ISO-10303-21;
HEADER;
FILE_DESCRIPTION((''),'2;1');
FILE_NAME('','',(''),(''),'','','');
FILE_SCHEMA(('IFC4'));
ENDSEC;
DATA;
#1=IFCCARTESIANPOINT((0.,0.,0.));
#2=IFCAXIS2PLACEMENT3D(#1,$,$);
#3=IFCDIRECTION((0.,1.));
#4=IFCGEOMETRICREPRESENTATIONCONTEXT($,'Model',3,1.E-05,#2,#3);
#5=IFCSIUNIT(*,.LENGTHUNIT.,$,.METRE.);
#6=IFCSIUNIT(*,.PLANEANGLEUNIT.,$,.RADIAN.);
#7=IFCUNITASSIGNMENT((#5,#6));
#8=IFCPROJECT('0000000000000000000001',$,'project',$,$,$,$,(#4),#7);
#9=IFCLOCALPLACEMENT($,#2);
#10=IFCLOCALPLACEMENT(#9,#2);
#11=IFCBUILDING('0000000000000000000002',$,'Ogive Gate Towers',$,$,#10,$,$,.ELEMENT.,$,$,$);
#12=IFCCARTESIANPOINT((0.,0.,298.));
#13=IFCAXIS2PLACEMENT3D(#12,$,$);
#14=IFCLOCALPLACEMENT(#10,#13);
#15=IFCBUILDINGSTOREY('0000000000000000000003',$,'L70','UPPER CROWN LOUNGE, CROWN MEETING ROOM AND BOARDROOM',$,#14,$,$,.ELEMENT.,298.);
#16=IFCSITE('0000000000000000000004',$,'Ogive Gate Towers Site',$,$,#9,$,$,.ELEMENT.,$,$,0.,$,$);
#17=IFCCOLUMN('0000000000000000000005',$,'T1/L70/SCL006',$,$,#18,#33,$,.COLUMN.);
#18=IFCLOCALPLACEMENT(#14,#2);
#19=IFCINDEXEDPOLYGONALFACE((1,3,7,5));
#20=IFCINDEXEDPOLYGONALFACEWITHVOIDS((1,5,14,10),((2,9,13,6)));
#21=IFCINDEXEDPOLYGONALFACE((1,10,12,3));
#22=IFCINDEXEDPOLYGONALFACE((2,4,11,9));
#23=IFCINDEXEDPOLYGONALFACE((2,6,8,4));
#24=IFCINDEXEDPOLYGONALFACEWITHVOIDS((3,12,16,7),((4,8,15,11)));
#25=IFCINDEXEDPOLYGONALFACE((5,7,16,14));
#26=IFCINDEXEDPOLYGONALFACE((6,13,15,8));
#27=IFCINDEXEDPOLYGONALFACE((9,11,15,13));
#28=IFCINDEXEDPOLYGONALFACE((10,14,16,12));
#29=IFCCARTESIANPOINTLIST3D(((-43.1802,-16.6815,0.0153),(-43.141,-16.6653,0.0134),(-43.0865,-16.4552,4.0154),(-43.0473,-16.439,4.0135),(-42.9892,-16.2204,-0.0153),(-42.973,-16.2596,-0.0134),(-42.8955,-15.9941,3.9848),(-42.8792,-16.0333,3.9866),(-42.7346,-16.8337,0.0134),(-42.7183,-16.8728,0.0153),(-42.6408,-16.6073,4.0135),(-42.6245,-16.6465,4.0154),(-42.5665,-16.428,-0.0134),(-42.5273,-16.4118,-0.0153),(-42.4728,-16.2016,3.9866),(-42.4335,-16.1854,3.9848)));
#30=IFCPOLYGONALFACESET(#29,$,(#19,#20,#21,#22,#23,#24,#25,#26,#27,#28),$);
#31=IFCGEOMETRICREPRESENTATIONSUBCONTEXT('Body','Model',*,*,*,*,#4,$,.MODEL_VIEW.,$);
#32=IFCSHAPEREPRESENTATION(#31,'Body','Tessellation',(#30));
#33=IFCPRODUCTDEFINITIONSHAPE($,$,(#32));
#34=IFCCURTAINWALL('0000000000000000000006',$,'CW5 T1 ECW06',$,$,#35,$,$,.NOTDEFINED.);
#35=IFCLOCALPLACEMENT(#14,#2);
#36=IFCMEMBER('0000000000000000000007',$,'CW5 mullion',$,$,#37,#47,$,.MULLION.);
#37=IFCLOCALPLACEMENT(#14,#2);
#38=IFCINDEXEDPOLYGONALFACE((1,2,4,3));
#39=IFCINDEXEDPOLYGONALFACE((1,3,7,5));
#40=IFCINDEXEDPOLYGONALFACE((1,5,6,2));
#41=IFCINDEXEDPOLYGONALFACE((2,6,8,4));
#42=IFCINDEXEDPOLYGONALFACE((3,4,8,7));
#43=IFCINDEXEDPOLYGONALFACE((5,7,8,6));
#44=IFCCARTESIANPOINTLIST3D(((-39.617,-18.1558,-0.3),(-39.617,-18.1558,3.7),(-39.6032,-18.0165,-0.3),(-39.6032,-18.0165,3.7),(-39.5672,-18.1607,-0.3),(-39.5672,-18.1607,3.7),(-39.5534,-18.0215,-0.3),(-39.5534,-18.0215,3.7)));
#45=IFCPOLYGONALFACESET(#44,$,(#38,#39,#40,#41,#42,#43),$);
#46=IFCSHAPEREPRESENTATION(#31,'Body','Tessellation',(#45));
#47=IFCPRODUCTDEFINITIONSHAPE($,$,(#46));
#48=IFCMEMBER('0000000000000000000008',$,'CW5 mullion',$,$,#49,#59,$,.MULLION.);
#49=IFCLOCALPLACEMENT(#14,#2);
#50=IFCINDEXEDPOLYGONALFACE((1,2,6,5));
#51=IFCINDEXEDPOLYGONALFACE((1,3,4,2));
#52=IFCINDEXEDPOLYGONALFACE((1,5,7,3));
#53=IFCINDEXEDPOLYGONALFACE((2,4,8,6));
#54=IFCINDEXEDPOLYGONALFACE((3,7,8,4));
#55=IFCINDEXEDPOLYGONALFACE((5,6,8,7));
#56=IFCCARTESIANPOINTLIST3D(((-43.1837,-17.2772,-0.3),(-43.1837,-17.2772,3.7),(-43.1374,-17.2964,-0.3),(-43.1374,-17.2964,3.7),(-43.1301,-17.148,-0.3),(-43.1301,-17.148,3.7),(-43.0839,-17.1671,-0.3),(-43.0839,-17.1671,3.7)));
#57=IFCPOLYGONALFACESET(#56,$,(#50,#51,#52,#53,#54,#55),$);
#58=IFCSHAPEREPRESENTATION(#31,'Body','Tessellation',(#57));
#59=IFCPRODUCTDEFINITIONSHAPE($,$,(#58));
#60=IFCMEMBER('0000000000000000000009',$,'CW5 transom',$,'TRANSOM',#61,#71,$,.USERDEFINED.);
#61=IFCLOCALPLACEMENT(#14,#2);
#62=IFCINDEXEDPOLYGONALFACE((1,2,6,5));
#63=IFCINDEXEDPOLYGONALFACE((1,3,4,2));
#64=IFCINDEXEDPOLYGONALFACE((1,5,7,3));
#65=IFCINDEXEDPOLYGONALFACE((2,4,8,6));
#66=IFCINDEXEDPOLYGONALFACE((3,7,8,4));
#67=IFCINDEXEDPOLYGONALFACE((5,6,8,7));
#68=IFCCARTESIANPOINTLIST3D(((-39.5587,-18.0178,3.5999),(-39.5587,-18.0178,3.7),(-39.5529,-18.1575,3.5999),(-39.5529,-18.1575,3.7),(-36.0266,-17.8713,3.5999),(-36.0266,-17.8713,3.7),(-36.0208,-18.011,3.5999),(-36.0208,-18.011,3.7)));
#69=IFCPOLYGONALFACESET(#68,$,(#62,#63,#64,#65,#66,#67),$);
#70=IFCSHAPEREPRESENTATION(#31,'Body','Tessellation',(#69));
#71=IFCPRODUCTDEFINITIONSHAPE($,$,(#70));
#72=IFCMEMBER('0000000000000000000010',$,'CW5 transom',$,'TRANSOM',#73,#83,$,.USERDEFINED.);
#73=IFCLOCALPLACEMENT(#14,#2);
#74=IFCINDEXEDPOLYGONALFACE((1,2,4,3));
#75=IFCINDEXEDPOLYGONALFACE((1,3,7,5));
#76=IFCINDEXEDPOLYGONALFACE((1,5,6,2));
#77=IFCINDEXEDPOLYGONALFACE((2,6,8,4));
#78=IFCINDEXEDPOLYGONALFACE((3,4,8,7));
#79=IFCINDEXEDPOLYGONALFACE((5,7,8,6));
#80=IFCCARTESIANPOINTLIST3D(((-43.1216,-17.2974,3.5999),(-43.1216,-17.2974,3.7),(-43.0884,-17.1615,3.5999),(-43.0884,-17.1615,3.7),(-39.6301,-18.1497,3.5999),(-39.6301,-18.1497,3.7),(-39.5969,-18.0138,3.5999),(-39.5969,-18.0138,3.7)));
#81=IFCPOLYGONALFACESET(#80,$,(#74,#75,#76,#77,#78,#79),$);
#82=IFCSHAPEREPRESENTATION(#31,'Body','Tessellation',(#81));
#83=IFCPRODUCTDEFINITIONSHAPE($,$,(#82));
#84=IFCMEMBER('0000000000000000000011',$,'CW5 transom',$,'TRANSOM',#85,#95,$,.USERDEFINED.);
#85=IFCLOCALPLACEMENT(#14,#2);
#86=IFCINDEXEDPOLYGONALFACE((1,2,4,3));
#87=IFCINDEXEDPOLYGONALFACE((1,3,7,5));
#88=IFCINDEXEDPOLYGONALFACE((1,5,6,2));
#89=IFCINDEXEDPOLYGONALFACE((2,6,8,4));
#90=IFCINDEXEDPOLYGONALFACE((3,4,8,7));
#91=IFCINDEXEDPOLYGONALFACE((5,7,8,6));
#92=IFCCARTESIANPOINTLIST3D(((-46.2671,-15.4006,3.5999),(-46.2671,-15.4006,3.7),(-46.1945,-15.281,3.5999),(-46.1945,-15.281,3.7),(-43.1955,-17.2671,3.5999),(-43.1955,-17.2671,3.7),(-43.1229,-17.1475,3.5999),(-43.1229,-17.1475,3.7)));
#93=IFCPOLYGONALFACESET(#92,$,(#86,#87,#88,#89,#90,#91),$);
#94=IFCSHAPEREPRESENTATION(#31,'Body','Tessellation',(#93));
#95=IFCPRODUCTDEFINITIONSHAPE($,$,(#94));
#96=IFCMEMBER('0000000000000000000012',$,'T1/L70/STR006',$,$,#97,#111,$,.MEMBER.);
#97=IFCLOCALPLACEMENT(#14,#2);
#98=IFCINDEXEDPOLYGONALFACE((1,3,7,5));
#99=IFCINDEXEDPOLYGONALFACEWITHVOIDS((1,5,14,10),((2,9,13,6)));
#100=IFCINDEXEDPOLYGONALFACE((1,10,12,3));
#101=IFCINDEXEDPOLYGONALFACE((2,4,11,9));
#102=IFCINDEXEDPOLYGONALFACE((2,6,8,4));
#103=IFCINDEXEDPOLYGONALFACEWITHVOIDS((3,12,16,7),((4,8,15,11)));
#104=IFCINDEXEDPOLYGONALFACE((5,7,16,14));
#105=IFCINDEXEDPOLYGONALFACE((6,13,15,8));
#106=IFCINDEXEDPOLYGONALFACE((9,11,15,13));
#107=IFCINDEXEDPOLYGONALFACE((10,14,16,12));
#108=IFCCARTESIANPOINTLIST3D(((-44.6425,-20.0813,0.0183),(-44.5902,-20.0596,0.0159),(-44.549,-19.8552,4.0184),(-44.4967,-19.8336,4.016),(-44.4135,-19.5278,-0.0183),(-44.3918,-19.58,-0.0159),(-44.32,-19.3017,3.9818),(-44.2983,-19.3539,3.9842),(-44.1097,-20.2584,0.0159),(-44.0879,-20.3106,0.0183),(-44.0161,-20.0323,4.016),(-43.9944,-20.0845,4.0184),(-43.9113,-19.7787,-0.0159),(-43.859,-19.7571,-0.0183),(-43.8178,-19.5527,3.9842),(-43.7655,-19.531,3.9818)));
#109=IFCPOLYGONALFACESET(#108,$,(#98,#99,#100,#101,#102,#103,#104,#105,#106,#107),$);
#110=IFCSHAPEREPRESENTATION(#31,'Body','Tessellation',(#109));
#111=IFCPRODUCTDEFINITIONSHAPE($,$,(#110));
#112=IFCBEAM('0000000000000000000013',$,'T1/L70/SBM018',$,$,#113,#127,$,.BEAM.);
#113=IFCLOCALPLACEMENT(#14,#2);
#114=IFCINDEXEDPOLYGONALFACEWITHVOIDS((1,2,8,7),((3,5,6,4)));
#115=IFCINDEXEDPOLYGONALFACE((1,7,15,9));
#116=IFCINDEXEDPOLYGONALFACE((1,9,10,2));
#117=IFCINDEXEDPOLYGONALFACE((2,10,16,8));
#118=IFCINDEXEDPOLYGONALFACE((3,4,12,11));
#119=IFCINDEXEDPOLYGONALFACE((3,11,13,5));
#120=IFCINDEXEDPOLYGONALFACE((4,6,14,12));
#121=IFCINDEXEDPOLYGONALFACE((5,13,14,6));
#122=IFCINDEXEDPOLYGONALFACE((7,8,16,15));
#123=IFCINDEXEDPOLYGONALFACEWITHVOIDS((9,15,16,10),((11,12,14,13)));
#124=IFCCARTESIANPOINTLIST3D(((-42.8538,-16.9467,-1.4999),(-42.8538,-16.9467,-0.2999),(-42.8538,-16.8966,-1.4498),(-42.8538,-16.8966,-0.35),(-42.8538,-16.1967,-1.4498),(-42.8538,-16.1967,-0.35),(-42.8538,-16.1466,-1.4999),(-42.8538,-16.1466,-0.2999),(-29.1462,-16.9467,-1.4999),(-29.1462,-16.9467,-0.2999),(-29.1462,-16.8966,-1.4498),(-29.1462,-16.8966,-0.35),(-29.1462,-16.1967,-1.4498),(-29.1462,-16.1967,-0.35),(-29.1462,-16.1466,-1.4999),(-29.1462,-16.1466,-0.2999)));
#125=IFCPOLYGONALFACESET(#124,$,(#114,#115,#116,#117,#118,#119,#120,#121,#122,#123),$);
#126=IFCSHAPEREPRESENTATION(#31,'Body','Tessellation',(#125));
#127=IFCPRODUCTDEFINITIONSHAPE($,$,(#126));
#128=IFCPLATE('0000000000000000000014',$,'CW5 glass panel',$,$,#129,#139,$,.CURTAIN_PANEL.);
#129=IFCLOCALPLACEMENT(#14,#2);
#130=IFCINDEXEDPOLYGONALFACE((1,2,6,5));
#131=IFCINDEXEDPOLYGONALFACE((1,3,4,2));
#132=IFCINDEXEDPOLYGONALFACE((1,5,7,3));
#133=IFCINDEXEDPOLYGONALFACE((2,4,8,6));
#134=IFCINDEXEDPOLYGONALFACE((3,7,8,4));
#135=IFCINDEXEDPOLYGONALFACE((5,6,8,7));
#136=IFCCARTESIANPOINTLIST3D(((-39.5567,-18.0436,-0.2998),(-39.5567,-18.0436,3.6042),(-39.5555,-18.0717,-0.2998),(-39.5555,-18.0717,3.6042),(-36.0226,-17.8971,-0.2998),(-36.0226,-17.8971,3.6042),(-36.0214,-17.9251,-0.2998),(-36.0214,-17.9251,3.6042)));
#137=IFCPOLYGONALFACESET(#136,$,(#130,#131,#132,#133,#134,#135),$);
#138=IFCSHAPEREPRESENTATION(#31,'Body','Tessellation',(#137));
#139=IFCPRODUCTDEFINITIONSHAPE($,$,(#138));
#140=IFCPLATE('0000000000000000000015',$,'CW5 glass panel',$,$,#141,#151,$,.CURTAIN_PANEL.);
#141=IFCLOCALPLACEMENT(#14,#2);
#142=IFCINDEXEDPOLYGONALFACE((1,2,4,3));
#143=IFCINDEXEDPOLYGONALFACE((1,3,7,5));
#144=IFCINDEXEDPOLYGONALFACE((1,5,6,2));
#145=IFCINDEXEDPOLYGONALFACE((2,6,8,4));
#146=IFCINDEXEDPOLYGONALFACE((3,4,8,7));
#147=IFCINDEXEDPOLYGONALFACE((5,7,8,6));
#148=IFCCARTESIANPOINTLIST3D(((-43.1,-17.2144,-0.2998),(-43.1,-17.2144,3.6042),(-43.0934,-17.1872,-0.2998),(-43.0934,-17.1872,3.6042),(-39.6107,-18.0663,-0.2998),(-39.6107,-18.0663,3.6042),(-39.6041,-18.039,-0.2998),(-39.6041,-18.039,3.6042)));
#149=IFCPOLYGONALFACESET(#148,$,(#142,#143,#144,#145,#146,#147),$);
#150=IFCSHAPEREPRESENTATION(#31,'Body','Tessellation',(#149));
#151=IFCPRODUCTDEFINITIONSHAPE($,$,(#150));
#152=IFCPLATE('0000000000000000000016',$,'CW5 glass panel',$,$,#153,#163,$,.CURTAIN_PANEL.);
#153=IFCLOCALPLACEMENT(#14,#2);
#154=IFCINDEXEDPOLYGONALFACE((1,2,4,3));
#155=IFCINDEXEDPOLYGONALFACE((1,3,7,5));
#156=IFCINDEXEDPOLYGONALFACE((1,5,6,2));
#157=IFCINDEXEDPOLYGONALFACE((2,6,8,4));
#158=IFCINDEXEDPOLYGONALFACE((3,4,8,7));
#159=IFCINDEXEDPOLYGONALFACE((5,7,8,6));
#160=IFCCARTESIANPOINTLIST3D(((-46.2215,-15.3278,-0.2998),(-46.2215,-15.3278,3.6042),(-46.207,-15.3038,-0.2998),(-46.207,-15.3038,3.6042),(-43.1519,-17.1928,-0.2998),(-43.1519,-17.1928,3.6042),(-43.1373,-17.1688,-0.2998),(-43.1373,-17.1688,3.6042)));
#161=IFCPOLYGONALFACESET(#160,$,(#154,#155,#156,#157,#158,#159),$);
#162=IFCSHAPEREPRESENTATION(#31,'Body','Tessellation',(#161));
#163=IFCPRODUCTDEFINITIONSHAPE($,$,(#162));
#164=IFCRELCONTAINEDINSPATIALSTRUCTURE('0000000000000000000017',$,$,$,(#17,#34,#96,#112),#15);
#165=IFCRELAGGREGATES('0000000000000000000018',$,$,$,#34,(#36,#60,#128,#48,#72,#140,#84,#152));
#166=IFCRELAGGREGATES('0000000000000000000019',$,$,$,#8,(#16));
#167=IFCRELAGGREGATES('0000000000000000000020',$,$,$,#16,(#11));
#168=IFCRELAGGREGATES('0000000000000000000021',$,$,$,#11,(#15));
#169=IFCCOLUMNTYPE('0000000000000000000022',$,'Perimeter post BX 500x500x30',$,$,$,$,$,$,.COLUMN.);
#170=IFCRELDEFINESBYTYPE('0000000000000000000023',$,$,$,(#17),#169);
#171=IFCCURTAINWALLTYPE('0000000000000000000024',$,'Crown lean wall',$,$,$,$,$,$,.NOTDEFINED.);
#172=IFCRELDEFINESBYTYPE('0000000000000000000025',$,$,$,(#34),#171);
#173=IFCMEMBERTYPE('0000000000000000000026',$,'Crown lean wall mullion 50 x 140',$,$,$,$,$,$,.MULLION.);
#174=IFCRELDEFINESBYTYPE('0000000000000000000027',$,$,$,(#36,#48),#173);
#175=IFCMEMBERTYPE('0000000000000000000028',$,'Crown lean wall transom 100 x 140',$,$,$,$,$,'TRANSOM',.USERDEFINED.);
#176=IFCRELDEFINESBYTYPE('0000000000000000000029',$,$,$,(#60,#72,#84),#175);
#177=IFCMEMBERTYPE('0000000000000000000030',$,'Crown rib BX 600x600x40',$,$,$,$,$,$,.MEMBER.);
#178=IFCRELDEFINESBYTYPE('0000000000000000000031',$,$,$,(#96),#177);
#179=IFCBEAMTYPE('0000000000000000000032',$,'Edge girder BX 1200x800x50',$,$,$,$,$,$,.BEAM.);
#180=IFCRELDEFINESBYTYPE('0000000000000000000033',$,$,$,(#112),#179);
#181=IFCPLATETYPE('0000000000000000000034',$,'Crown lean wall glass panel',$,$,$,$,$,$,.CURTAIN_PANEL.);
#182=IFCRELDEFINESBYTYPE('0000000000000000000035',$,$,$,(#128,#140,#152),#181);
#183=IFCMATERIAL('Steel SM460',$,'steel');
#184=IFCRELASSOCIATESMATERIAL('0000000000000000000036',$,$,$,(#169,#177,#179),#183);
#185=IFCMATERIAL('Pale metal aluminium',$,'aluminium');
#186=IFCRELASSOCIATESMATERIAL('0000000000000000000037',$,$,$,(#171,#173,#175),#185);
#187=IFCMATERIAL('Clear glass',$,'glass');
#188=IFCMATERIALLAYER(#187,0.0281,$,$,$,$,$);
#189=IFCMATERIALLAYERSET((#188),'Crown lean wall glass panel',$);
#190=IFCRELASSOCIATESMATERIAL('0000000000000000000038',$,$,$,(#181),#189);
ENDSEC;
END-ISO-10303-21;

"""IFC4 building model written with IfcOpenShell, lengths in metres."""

from ifc_helpers import new_model, si_unit, direction, frame, origin, origin_2d, place, context, subcontext, project, spatial, rectangle, hollow_rectangle, extrude, material, layer, layer_set, material_profile, profile_set, type_object, element, aggregate, save


model = new_model("IFC4")

# Units and contexts
model_context = context("Model", 3, precision=1e-05, world=origin(), true_north=direction((0.0, 1.0)))
body_context = subcontext(model_context, "Body", "Model", "MODEL_VIEW")
ifc_project = project(units=[si_unit("LENGTHUNIT", "METRE"), si_unit("PLANEANGLEUNIT", "RADIAN")], contexts=[model_context])

# Site, building, storey
site_placement = place(None, origin())
site = spatial("IfcSite", under=ifc_project, at=site_placement, Name="Ogive Gate Towers Site", CompositionType="ELEMENT", RefElevation=0.0)
building_placement = place(site_placement, origin())
building = spatial("IfcBuilding", under=site, at=building_placement, Name="Ogive Gate Towers", CompositionType="ELEMENT")
storey_placement = place(building_placement, frame((0.0, 0.0, 298.0)))
storey = spatial("IfcBuildingStorey", under=building, at=storey_placement, Name="L70", Description="UPPER CROWN LOUNGE, CROWN MEETING ROOM AND BOARDROOM", CompositionType="ELEMENT", Elevation=298.0)

# Column
ifc_material_1 = material(Name="Steel SM460", Category="steel")
ifc_material_profile_1 = material_profile(ifc_material_1, hollow_rectangle(XDim=0.5, YDim=0.5, WallThickness=0.03, at=origin_2d()), Name="BX 500x500x30")
ifc_profile_set_1 = profile_set([ifc_material_profile_1], Name="Steel SM460")
column_type = type_object("IfcColumnType", Name="Perimeter post BX 500x500x30", PredefinedType="COLUMN", material=ifc_profile_set_1)
column_placement = place(storey_placement, frame((-42.8538, -16.5466, 0.0), z_axis=(0.023394, 0.056474, 0.99813), x_axis=(-0.923871, 0.382704, 0.0)))
element("IfcColumn", 1, at=column_placement, inside=storey, type_object=column_type, Name="T1/L70/SCL006", PredefinedType="COLUMN", context=body_context, shape_type="SweptSolid", body=[
    extrude(hollow_rectangle(XDim=0.5, YDim=0.5, WallThickness=0.03, at=origin_2d()), origin(), (0.0, 0.0, 1.0), 4.0076),
])

# Curtain wall, members
ifc_material_2 = material(Name="Pale metal aluminium", Category="aluminium")
curtain_wall_type = type_object("IfcCurtainWallType", Name="Crown lean wall", PredefinedType="NOTDEFINED", material=ifc_material_2)
curtain_wall_placement = place(storey_placement, origin())
curtain_wall = element("IfcCurtainWall", 2, at=curtain_wall_placement, inside=storey, type_object=curtain_wall_type, Name="CW5 T1 ECW06", PredefinedType="NOTDEFINED")
ifc_material_profile_2 = material_profile(ifc_material_2, rectangle(XDim=0.1399, YDim=0.05, at=origin_2d()), Name="50 x 140 aluminium box")
ifc_profile_set_2 = profile_set([ifc_material_profile_2], Name="Pale metal aluminium")
member_type_1 = type_object("IfcMemberType", Name="Crown lean wall mullion 50 x 140", PredefinedType="MULLION", material=ifc_profile_set_2)
member_1_placement = place(storey_placement, frame((-39.5852, -18.0886, -0.3), z_axis=(0.0, 0.0, 1.0), x_axis=(0.098833, 0.995104, 0.0)))
member_1 = element("IfcMember", 3, at=member_1_placement, type_object=member_type_1, Name="CW5 mullion", PredefinedType="MULLION", context=body_context, shape_type="SweptSolid", body=[
    extrude(rectangle(XDim=0.1399, YDim=0.05, at=origin_2d()), origin(), (0.0, 0.0, 1.0), 4.0),
])
member_2_placement = place(storey_placement, frame((-43.1338, -17.2222, -0.3), z_axis=(0.0, 0.0, 1.0), x_axis=(0.382683, 0.92388, 0.0)))
member_2 = element("IfcMember", 4, at=member_2_placement, type_object=member_type_1, Name="CW5 mullion", PredefinedType="MULLION", context=body_context, shape_type="SweptSolid", body=[
    extrude(rectangle(XDim=0.1399, YDim=0.05, at=origin_2d()), origin(), (0.0, 0.0, 1.0), 4.0),
])
ifc_material_profile_3 = material_profile(ifc_material_2, rectangle(XDim=0.1399, YDim=0.1001, at=origin_2d()), Name="100 x 140 aluminium box")
ifc_profile_set_3 = profile_set([ifc_material_profile_3], Name="Pale metal aluminium")
member_type_2 = type_object("IfcMemberType", Name="Crown lean wall transom 100 x 140", ElementType="TRANSOM", PredefinedType="USERDEFINED", material=ifc_profile_set_3)
member_3_placement = place(storey_placement, frame((-36.0237, -17.9412, 3.6499), z_axis=(-0.999141, -0.041435, 0.0), x_axis=(0.041435, -0.999141, 0.0)))
member_3 = element("IfcMember", 5, at=member_3_placement, type_object=member_type_2, Name="CW5 transom", ObjectType="TRANSOM", PredefinedType="USERDEFINED", context=body_context, shape_type="SweptSolid", body=[
    extrude(rectangle(XDim=0.1399, YDim=0.1001, at=origin_2d()), origin(), (0.0, 0.0, 1.0), 3.5352),
])
member_4_placement = place(storey_placement, frame((-39.6135, -18.0818, 3.6499), z_axis=(-0.971474, 0.237145, 0.0), x_axis=(-0.237145, -0.971474, 0.0)))
member_4 = element("IfcMember", 6, at=member_4_placement, type_object=member_type_2, Name="CW5 transom", ObjectType="TRANSOM", PredefinedType="USERDEFINED", context=body_context, shape_type="SweptSolid", body=[
    extrude(rectangle(XDim=0.1399, YDim=0.1001, at=origin_2d()), origin(), (0.0, 0.0, 1.0), 3.594),
])
member_5_placement = place(storey_placement, frame((-43.1592, -17.2073, 3.6499), z_axis=(-0.854591, 0.519302, 0.0), x_axis=(-0.519302, -0.854591, 0.0)))
member_5 = element("IfcMember", 7, at=member_5_placement, type_object=member_type_2, Name="CW5 transom", ObjectType="TRANSOM", PredefinedType="USERDEFINED", context=body_context, shape_type="SweptSolid", body=[
    extrude(rectangle(XDim=0.1399, YDim=0.1001, at=origin_2d()), origin(), (0.0, 0.0, 1.0), 3.5942),
])

# Member
ifc_material_profile_4 = material_profile(ifc_material_1, hollow_rectangle(XDim=0.6001, YDim=0.6001, WallThickness=0.04, at=origin_2d()), Name="BX 600x600x40")
ifc_profile_set_4 = profile_set([ifc_material_profile_4], Name="Steel SM460")
member_type_3 = type_object("IfcMemberType", Name="Crown rib BX 600x600x40", PredefinedType="MEMBER", material=ifc_profile_set_4)
member_6_placement = place(storey_placement, frame((-44.2507, -19.9192, 0.0), z_axis=(0.023333, 0.056413, 0.998135), x_axis=(-0.924078, 0.382205, 0.0)))
element("IfcMember", 8, at=member_6_placement, inside=storey, type_object=member_type_3, Name="T1/L70/STR006", PredefinedType="MEMBER", context=body_context, shape_type="SweptSolid", body=[
    extrude(hollow_rectangle(XDim=0.6001, YDim=0.6001, WallThickness=0.04, at=origin_2d()), origin(), (0.0, 0.0, 1.0), 4.0076),
])

# Beam
ifc_material_profile_5 = material_profile(ifc_material_1, hollow_rectangle(XDim=0.8, YDim=1.2, WallThickness=0.05, at=origin_2d()), Name="BX 1200x800x50")
ifc_profile_set_5 = profile_set([ifc_material_profile_5], Name="Steel SM460")
beam_type = type_object("IfcBeamType", Name="Edge girder BX 1200x800x50", PredefinedType="BEAM", material=ifc_profile_set_5)
beam_placement = place(storey_placement, frame((-42.8538, -16.5466, -0.8999), z_axis=(1.0, 0.0, 0.0), x_axis=(0.0, 1.0, 0.0)))
element("IfcBeam", 9, at=beam_placement, inside=storey, type_object=beam_type, Name="T1/L70/SBM018", PredefinedType="BEAM", context=body_context, shape_type="SweptSolid", body=[
    extrude(hollow_rectangle(XDim=0.8, YDim=1.2, WallThickness=0.05, at=origin_2d()), origin(), (0.0, 0.0, 1.0), 13.7075),
])

# Plates
ifc_material_3 = material(Name="Clear glass", Category="glass")
ifc_layer_1 = layer(ifc_material_3, 0.0281)
ifc_layer_set_1 = layer_set([ifc_layer_1], Name="Crown lean wall glass panel")
plate_type = type_object("IfcPlateType", Name="Crown lean wall glass panel", PredefinedType="CURTAIN_PANEL", material=ifc_layer_set_1)
plate_1_placement = place(storey_placement, frame((-37.7891, -17.9844, -0.2998), z_axis=(0.0, 0.0, 1.0), x_axis=(-0.999141, -0.04144, 0.0)))
plate_1 = element("IfcPlate", 10, at=plate_1_placement, type_object=plate_type, Name="CW5 glass panel", PredefinedType="CURTAIN_PANEL", context=body_context, shape_type="SweptSolid", body=[
    extrude(rectangle(XDim=3.5371, YDim=0.0281, at=origin_2d()), origin(), (0.0, 0.0, 1.0), 3.9041),
])
plate_2_placement = place(storey_placement, frame((-41.3521, -17.6267, -0.2998), z_axis=(0.0, 0.0, 1.0), x_axis=(-0.971471, 0.23716, 0.0)))
plate_2 = element("IfcPlate", 11, at=plate_2_placement, type_object=plate_type, Name="CW5 glass panel", PredefinedType="CURTAIN_PANEL", context=body_context, shape_type="SweptSolid", body=[
    extrude(rectangle(XDim=3.5918, YDim=0.0281, at=origin_2d()), origin(), (0.0, 0.0, 1.0), 3.9041),
])
plate_3_placement = place(storey_placement, frame((-44.6794, -16.2483, -0.2998), z_axis=(0.0, 0.0, 1.0), x_axis=(-0.854622, 0.519251, 0.0)))
plate_3 = element("IfcPlate", 12, at=plate_3_placement, type_object=plate_type, Name="CW5 glass panel", PredefinedType="CURTAIN_PANEL", context=body_context, shape_type="SweptSolid", body=[
    extrude(rectangle(XDim=3.5918, YDim=0.0281, at=origin_2d()), origin(), (0.0, 0.0, 1.0), 3.9041),
])
aggregate(curtain_wall, [member_1, member_3, plate_1, member_2, member_4, plate_2, member_5, plate_3])

save(model, "model.ifc")
